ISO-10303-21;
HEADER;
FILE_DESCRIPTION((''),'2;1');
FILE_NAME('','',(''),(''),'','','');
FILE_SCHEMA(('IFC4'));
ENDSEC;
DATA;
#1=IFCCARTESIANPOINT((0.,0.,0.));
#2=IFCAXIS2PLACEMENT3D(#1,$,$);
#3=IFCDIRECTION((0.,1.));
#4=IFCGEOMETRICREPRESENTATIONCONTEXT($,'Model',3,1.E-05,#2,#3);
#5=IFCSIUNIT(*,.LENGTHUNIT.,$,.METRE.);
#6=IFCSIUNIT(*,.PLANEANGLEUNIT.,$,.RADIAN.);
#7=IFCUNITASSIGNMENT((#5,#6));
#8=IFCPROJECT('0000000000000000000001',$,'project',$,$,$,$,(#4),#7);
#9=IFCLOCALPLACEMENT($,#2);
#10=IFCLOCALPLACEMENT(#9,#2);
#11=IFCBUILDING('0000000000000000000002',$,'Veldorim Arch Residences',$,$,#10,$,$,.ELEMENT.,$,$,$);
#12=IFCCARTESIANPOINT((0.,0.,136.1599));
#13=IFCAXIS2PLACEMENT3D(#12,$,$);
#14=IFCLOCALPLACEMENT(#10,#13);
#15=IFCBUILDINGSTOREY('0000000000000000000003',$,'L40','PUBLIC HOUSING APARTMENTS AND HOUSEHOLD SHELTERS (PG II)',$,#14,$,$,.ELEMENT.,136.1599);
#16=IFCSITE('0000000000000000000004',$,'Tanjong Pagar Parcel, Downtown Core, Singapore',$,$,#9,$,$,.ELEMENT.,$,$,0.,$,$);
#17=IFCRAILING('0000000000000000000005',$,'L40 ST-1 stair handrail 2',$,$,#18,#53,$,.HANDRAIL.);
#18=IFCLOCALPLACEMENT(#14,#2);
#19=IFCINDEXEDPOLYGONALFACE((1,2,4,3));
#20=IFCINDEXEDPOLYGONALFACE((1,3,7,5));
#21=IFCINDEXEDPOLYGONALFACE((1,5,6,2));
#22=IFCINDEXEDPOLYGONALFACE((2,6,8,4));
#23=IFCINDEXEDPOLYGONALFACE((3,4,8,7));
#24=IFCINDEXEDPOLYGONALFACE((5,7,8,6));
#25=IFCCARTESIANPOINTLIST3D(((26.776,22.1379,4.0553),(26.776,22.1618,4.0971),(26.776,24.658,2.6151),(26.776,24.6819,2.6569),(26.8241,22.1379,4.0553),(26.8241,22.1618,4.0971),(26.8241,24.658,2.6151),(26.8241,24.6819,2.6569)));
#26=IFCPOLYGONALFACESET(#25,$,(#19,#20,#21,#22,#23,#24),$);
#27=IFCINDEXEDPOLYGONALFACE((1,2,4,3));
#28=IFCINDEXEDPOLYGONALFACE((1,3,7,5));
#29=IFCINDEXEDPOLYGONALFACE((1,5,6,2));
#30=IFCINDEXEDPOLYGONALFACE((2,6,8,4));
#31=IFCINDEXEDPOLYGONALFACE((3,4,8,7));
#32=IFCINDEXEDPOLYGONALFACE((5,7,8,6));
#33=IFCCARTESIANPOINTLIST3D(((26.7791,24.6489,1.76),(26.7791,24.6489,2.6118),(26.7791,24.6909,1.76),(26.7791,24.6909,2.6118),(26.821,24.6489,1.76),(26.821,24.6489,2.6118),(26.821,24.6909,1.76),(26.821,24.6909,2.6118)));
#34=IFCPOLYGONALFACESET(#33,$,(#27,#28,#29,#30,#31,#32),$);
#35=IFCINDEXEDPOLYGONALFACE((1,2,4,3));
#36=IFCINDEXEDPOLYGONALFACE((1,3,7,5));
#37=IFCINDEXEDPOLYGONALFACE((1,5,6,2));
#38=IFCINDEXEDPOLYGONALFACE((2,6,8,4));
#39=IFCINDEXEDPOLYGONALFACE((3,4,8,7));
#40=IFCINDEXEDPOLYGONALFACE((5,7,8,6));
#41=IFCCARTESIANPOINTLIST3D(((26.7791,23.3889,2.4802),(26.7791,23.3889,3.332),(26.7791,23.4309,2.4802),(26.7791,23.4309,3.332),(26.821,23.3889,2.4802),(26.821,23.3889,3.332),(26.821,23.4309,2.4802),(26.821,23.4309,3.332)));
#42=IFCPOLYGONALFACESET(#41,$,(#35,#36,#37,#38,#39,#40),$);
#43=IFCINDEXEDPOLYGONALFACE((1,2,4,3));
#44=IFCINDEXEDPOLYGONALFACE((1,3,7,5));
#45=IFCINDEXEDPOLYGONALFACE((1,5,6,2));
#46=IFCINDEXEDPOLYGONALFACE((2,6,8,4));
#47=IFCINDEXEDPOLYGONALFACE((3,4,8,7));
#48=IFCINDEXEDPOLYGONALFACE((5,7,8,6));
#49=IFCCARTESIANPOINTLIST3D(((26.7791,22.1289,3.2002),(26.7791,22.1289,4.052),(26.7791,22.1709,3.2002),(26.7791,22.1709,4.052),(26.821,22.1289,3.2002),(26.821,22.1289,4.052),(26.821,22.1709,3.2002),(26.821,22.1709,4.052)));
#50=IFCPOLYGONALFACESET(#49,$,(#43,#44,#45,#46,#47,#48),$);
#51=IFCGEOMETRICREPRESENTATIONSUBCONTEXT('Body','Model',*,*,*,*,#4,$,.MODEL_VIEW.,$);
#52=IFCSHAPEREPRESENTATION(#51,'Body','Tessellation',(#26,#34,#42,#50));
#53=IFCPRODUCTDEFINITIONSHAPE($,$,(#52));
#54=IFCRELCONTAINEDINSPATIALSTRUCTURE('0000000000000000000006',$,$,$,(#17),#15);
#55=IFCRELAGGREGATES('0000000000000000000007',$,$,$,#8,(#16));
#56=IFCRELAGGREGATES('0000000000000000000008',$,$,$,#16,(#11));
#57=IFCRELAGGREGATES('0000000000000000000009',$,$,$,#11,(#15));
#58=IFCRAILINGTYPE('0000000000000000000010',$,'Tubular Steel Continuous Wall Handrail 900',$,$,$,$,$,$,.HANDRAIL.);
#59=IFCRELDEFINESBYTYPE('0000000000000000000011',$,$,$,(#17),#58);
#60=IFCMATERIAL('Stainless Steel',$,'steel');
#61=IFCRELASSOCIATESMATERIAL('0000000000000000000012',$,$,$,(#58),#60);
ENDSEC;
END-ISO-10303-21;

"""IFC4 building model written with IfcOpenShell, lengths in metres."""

from ifc_helpers import new_model, si_unit, direction, frame, origin, origin_2d, place, context, subcontext, project, spatial, rectangle, extrude, material, type_object, element, save


model = new_model("IFC4")

# Units and contexts
model_context = context("Model", 3, precision=1e-05, world=origin(), true_north=direction((0.0, 1.0)))
body_context = subcontext(model_context, "Body", "Model", "MODEL_VIEW")
ifc_project = project(units=[si_unit("LENGTHUNIT", "METRE"), si_unit("PLANEANGLEUNIT", "RADIAN")], contexts=[model_context])

# Site, building, storey
site_placement = place(None, origin())
site = spatial("IfcSite", under=ifc_project, at=site_placement, Name="Tanjong Pagar Parcel, Downtown Core, Singapore", CompositionType="ELEMENT", RefElevation=0.0)
building_placement = place(site_placement, origin())
building = spatial("IfcBuilding", under=site, at=building_placement, Name="Veldorim Arch Residences", CompositionType="ELEMENT")
storey_placement = place(building_placement, frame((0.0, 0.0, 136.1599)))
storey = spatial("IfcBuildingStorey", under=building, at=storey_placement, Name="L40", Description="PUBLIC HOUSING APARTMENTS AND HOUSEHOLD SHELTERS (PG II)", CompositionType="ELEMENT", Elevation=136.1599)

# Railing
ifc_material_1 = material(Name="Stainless Steel", Category="steel")
railing_type_1 = type_object("IfcRailingType", Name="Tubular Steel Continuous Wall Handrail 900", PredefinedType="HANDRAIL", material=ifc_material_1)
railing_1_placement = place(storey_placement, frame((26.8, 24.6699, 1.76)))
element("IfcRailing", 1, at=railing_1_placement, inside=storey, type_object=railing_type_1, Name="L40 ST-1 stair handrail 2", PredefinedType="HANDRAIL", context=body_context, shape_type="SweptSolid", body=[
    extrude(rectangle(XDim=0.0481, YDim=0.0481, at=origin_2d()), frame((0.0, 0.0, 0.876), z_axis=(0.0, -0.868217, 0.496184), x_axis=(1.0, 0.0, 0.0)), (0.0, 0.0, 1.0), 2.9026),
    extrude(rectangle(XDim=0.042, YDim=0.042, at=origin_2d()), origin(), (0.0, 0.0, 1.0), 0.8518),
    extrude(rectangle(XDim=0.042, YDim=0.042, at=origin_2d()), frame((0.0, -1.26, 0.7202)), (0.0, 0.0, 1.0), 0.8518),
    extrude(rectangle(XDim=0.042, YDim=0.042, at=origin_2d()), frame((0.0, -2.52, 1.4402)), (0.0, 0.0, 1.0), 0.8518),
])

save(model, "model.ifc")
